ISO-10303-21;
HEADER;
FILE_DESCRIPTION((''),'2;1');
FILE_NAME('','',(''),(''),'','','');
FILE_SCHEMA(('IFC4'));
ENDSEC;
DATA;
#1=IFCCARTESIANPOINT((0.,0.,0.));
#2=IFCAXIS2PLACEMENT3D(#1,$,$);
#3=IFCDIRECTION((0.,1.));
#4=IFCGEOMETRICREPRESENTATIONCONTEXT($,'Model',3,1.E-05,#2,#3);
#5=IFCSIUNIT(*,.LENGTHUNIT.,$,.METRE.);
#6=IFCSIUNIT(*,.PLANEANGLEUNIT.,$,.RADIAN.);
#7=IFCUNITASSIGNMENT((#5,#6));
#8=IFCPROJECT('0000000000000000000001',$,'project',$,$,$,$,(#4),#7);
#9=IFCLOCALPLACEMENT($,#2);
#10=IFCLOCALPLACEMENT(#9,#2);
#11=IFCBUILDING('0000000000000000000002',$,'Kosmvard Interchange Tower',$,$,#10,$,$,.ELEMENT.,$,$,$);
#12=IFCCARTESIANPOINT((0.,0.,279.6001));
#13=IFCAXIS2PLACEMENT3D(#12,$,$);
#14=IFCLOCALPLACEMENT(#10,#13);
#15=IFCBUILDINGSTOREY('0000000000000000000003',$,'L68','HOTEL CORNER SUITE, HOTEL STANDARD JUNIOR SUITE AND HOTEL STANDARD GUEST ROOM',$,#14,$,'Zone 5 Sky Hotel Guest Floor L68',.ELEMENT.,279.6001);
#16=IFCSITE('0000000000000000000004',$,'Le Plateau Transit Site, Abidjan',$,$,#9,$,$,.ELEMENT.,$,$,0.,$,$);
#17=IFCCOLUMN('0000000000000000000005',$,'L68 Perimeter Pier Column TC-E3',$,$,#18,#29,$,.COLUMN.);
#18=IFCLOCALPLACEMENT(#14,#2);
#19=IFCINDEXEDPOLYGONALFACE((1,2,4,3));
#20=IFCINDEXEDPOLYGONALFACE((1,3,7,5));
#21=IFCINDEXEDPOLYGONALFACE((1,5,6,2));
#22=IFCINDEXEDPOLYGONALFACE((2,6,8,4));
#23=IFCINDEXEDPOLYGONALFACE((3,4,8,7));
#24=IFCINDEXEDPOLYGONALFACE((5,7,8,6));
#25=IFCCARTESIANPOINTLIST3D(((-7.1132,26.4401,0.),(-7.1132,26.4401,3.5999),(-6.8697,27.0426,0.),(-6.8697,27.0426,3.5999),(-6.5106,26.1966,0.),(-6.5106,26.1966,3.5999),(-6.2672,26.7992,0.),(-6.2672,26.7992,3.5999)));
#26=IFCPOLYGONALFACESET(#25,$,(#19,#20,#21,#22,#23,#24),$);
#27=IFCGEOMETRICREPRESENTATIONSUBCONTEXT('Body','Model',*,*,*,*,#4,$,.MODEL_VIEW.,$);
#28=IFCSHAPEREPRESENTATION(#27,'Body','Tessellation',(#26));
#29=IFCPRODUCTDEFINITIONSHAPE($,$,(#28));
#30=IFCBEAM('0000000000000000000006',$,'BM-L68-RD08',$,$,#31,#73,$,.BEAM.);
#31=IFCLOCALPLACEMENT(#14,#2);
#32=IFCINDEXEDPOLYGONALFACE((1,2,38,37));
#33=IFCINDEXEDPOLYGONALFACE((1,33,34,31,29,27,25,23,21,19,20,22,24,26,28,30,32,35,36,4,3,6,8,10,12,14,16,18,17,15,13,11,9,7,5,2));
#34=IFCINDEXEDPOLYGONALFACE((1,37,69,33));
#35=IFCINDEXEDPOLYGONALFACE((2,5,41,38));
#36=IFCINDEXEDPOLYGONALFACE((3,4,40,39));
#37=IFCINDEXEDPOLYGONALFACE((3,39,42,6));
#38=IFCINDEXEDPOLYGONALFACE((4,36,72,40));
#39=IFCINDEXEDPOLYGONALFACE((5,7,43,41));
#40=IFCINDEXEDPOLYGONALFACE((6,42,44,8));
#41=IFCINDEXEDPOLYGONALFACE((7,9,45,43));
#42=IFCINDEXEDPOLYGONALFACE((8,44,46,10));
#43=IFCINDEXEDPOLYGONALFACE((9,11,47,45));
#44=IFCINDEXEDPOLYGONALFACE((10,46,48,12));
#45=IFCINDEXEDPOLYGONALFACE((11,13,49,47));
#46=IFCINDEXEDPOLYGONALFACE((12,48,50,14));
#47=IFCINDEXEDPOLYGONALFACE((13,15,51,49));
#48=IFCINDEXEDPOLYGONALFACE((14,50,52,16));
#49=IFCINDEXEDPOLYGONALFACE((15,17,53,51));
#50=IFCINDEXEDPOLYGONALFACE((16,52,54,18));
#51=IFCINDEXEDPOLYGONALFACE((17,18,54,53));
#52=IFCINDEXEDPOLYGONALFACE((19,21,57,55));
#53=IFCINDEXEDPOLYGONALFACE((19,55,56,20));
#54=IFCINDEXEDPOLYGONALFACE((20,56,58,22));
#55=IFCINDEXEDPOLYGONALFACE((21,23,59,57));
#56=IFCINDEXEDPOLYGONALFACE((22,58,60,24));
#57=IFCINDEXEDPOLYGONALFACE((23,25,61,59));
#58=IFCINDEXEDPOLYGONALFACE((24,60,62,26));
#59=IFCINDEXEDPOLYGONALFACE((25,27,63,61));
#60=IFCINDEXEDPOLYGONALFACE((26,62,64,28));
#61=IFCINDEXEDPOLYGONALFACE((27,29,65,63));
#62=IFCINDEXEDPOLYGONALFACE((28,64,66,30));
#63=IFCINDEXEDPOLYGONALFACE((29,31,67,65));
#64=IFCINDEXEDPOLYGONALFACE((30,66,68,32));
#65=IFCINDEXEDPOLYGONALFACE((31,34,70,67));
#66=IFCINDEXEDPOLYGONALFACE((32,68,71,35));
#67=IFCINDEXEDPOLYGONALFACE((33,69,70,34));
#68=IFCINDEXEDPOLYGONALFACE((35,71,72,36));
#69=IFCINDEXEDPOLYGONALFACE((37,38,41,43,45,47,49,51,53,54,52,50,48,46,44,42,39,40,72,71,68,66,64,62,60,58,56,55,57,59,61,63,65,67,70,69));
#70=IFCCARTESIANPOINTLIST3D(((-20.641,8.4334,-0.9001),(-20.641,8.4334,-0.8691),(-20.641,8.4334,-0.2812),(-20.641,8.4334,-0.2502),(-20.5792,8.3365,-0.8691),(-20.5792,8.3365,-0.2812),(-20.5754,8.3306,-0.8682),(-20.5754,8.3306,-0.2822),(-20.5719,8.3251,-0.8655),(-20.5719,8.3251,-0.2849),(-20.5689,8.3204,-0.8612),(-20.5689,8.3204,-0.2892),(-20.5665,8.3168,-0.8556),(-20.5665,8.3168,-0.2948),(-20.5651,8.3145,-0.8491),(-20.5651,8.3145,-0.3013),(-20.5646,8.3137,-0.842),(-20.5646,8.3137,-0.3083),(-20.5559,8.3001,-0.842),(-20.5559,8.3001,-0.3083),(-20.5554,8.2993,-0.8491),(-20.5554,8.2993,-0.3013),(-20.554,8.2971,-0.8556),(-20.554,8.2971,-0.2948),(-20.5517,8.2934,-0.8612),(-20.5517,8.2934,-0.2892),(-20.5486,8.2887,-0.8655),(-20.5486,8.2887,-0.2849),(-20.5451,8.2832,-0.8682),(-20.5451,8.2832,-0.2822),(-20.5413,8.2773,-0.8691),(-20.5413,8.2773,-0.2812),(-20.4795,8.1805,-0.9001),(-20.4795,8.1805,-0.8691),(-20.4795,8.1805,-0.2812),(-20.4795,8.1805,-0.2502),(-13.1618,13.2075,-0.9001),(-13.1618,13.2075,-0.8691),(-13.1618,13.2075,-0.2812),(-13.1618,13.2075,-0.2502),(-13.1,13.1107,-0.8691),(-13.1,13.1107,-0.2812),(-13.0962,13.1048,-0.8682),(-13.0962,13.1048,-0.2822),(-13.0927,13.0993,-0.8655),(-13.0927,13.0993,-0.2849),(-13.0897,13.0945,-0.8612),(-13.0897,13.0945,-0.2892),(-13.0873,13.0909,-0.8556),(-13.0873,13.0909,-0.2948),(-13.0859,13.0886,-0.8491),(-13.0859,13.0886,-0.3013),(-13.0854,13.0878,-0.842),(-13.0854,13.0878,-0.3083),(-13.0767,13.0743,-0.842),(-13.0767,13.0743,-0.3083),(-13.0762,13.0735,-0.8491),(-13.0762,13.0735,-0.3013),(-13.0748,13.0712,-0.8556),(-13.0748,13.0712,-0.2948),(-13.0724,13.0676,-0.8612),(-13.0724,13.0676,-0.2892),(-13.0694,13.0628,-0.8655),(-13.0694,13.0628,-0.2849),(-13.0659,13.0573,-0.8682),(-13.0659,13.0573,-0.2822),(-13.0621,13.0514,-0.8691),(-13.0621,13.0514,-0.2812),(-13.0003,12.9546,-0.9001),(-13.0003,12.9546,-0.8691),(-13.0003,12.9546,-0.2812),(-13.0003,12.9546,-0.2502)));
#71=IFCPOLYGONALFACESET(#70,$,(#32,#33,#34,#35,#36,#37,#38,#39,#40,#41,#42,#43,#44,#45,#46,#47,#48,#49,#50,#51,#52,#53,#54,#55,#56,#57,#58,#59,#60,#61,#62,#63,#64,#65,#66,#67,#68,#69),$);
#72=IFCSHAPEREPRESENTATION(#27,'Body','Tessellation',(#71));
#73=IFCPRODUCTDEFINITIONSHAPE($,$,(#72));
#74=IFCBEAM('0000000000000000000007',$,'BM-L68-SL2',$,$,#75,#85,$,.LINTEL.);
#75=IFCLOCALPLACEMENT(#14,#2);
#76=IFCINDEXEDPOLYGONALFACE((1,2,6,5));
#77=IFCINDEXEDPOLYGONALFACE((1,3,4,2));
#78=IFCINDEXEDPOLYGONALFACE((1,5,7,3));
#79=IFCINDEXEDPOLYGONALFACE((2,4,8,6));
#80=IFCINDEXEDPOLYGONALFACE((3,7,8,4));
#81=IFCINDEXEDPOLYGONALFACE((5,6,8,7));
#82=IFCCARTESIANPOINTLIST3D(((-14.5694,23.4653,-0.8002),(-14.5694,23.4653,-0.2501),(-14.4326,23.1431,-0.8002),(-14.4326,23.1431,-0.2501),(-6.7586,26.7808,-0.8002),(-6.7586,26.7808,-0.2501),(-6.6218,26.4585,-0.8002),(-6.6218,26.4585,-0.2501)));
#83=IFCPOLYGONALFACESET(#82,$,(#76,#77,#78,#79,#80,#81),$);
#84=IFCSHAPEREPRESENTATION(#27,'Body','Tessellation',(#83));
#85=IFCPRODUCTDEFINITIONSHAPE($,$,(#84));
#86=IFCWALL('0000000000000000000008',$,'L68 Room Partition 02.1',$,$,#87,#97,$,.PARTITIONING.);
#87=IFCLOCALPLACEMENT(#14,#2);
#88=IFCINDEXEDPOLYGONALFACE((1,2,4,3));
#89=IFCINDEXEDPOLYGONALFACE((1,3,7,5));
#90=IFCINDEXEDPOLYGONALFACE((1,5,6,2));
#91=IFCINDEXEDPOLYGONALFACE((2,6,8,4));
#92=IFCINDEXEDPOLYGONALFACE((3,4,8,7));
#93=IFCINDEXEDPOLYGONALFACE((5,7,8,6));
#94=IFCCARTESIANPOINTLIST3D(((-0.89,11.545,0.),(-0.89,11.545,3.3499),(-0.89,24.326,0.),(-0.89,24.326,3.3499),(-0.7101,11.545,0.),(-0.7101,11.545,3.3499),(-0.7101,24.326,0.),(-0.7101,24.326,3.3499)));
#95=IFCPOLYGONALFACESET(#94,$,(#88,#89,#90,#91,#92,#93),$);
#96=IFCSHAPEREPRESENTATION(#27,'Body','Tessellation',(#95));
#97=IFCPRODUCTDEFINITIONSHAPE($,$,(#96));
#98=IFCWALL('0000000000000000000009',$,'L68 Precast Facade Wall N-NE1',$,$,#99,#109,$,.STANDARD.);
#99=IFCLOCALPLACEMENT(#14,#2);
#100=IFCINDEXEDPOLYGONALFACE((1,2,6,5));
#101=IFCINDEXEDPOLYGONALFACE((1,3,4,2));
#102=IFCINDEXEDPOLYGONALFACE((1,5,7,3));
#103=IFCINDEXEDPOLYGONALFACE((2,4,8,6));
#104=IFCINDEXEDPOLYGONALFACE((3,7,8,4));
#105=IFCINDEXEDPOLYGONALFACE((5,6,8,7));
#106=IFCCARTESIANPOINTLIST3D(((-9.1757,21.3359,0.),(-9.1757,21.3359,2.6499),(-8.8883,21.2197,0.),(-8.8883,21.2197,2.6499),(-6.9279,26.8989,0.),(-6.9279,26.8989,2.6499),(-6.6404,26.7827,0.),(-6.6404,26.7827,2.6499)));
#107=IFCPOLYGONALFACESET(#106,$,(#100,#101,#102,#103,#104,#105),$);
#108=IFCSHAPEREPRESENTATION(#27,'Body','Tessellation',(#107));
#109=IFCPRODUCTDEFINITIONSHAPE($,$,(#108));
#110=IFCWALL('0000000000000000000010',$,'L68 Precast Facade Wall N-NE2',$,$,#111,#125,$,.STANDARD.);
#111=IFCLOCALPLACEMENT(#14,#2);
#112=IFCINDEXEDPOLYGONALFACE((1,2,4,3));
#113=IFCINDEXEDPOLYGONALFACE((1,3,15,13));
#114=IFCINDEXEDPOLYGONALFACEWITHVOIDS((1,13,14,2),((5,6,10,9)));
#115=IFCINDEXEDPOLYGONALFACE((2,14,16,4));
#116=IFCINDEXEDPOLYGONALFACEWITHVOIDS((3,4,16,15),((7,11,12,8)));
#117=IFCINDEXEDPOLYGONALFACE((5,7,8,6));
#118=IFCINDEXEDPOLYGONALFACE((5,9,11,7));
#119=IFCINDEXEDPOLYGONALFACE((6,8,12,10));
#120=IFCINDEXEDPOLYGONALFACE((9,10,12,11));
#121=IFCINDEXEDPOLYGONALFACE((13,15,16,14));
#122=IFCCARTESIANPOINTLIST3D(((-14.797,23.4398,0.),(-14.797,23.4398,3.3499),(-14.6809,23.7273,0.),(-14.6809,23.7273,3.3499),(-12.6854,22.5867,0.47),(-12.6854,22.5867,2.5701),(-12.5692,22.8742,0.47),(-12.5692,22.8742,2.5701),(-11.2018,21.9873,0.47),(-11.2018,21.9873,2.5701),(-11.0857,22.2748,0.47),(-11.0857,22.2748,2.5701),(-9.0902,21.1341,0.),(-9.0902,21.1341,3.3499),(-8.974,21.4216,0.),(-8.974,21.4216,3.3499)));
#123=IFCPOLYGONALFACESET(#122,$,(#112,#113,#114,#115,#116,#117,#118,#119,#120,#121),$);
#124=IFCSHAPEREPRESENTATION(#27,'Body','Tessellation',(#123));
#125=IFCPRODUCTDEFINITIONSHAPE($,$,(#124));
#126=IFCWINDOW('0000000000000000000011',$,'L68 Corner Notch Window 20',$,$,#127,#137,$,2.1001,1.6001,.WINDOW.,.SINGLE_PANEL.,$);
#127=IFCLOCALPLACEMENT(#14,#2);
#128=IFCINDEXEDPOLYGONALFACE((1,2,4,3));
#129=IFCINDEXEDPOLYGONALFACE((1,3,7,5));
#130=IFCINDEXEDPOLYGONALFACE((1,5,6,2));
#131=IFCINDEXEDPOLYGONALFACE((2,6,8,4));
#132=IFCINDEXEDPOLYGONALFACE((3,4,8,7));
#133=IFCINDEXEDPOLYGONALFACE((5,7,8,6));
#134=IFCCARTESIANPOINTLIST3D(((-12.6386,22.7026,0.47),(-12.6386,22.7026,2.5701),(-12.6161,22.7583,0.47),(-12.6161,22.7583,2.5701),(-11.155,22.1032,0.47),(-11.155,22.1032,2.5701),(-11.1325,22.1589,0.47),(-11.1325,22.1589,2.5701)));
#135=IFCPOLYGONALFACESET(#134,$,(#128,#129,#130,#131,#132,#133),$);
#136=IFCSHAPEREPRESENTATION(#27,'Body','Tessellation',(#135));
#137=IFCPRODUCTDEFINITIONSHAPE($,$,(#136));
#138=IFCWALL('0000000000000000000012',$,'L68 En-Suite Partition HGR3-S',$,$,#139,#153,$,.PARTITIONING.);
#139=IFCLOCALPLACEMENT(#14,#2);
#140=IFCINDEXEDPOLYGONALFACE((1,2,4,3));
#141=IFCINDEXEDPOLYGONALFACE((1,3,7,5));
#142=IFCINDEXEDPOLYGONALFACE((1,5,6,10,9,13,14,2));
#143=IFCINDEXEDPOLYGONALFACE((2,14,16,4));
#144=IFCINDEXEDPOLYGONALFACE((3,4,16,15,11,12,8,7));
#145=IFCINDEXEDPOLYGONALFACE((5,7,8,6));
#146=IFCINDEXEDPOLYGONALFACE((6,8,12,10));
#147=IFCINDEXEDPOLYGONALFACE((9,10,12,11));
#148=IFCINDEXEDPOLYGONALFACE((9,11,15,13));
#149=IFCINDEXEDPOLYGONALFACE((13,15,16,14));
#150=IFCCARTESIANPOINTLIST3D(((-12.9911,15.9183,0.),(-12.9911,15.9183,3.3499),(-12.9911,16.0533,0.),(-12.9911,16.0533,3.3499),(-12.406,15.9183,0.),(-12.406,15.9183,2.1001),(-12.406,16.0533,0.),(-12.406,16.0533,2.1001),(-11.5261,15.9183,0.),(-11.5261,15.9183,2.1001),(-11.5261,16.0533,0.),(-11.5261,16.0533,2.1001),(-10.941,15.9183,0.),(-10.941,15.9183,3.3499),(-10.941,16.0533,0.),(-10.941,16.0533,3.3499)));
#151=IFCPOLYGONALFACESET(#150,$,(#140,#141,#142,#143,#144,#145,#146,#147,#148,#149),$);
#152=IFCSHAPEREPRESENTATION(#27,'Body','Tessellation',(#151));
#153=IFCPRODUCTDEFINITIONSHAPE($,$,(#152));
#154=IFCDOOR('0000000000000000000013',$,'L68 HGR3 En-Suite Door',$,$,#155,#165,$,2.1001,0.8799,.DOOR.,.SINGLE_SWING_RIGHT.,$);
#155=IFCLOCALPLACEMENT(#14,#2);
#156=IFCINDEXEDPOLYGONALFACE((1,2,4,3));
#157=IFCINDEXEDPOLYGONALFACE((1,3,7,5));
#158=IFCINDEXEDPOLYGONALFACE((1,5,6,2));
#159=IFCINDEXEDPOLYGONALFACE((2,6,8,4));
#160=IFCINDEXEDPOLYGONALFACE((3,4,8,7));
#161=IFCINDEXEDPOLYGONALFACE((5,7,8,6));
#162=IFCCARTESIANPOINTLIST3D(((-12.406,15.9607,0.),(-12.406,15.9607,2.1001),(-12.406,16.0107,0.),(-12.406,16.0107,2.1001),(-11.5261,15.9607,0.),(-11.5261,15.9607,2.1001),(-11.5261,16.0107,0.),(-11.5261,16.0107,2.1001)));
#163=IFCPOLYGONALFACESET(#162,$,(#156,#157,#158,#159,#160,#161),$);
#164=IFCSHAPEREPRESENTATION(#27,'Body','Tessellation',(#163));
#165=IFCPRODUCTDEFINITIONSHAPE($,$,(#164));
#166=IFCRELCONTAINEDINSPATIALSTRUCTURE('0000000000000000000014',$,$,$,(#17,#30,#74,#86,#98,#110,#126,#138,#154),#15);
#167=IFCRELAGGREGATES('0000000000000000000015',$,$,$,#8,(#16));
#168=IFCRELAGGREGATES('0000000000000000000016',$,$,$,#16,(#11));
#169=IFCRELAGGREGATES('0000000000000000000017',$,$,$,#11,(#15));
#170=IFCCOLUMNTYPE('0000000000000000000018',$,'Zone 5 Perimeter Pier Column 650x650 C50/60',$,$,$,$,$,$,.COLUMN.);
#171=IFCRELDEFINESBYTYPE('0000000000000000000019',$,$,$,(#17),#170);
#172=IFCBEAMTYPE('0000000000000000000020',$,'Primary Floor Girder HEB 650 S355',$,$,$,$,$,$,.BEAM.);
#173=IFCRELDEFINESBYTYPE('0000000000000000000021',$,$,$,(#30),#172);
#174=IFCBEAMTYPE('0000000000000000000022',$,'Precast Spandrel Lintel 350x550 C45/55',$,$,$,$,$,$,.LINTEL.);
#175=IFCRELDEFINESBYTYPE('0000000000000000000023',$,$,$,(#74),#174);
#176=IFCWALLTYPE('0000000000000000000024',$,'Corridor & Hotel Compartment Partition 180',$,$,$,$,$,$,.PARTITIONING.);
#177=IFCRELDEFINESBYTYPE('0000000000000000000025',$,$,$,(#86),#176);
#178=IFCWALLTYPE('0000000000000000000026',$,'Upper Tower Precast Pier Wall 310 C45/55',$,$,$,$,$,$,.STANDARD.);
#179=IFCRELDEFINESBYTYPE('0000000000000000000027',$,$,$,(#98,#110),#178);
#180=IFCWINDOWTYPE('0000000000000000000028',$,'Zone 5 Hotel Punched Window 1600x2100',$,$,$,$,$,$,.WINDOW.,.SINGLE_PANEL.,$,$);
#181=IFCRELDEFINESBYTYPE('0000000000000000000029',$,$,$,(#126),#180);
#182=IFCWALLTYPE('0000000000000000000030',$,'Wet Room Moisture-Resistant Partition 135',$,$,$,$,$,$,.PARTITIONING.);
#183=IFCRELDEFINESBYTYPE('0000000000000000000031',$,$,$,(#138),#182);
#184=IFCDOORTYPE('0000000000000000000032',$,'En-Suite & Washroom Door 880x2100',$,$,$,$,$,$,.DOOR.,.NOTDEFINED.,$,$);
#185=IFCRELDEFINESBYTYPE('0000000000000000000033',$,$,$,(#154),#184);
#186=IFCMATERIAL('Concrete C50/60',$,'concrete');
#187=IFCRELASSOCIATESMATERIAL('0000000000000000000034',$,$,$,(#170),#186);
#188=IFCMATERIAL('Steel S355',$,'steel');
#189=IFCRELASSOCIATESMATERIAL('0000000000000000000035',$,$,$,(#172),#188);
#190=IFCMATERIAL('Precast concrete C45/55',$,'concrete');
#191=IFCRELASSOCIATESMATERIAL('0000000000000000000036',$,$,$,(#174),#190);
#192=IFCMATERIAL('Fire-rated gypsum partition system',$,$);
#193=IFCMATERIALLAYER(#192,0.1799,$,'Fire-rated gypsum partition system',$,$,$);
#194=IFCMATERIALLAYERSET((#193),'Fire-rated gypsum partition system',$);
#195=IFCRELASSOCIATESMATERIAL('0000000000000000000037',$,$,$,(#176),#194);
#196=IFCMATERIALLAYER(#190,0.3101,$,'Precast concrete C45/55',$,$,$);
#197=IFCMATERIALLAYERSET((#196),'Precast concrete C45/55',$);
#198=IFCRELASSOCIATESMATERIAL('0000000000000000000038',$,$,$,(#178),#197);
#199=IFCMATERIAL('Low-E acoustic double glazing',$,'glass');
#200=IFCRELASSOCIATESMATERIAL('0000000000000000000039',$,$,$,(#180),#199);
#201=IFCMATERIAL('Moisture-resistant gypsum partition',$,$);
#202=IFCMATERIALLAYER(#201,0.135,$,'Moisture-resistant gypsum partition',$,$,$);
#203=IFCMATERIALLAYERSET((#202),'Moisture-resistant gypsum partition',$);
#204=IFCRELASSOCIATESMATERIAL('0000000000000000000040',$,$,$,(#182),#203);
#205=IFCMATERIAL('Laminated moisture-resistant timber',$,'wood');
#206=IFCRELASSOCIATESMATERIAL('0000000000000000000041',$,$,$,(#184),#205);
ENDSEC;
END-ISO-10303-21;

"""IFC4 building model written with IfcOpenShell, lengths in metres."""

from ifc_helpers import new_model, si_unit, direction, frame, frame_2d, origin, origin_2d, place, context, subcontext, project, spatial, rectangle, i_section, extrude, source, transform, mapped, material, layer, layer_set, material_profile, profile_set, type_object, element, fill, save


model = new_model("IFC4")

# Units and contexts
model_context = context("Model", 3, precision=1e-05, world=origin(), true_north=direction((0.0, 1.0)))
body_context = subcontext(model_context, "Body", "Model", "MODEL_VIEW")
ifc_project = project(units=[si_unit("LENGTHUNIT", "METRE"), si_unit("PLANEANGLEUNIT", "RADIAN")], contexts=[model_context])

# Site, building, storey
site_placement = place(None, origin())
site = spatial("IfcSite", under=ifc_project, at=site_placement, Name="Le Plateau Transit Site, Abidjan", CompositionType="ELEMENT", RefElevation=0.0)
building_placement = place(site_placement, origin())
building = spatial("IfcBuilding", under=site, at=building_placement, Name="Kosmvard Interchange Tower", CompositionType="ELEMENT")
storey_placement = place(building_placement, frame((0.0, 0.0, 279.6001)))
storey = spatial("IfcBuildingStorey", under=building, at=storey_placement, Name="L68", Description="HOTEL CORNER SUITE, HOTEL STANDARD JUNIOR SUITE AND HOTEL STANDARD GUEST ROOM", LongName="Zone 5 Sky Hotel Guest Floor L68", CompositionType="ELEMENT", Elevation=279.6001)

# Column
ifc_material_1 = material(Name="Concrete C50/60", Category="concrete")
ifc_material_profile_1 = material_profile(ifc_material_1, rectangle(XDim=0.6499, YDim=0.6499, at=origin_2d()), Name="TC 650x650")
ifc_profile_set_1 = profile_set([ifc_material_profile_1], Name="Concrete C50/60")
column_type = type_object("IfcColumnType", Name="Zone 5 Perimeter Pier Column 650x650 C50/60", PredefinedType="COLUMN", material=ifc_profile_set_1)
shared_shape_1 = source(origin(), body_context, "Body", "SweptSolid", [
    extrude(rectangle(XDim=0.6499, YDim=0.6499, at=origin_2d()), origin(), (0.0, 0.0, 1.0), 3.5999),
])
column_placement = place(storey_placement, frame((-6.6902, 26.6196, 0.0), z_axis=(0.0, 0.0, 1.0), x_axis=(0.374607, 0.927184, 0.0)))
element("IfcColumn", 1, at=column_placement, inside=storey, type_object=column_type, Name="L68 Perimeter Pier Column TC-E3", PredefinedType="COLUMN", context=body_context, shape_type="MappedRepresentation", body=[
    mapped(shared_shape_1, transform((0.0, 0.0, 0.0), scale=1.0)),
])

# Beams
ifc_material_2 = material(Name="Steel S355", Category="steel")
ifc_material_profile_2 = material_profile(ifc_material_2, i_section(OverallWidth=0.3, OverallDepth=0.6499, WebThickness=0.0161, FlangeThickness=0.031, FilletRadius=0.0271, at=origin_2d()), Name="HEB 650")
ifc_profile_set_2 = profile_set([ifc_material_profile_2], Name="Steel S355")
beam_type_1 = type_object("IfcBeamType", Name="Primary Floor Girder HEB 650 S355", PredefinedType="BEAM", material=ifc_profile_set_2)
shared_shape_2 = source(origin(), body_context, "Body", "SweptSolid", [
    extrude(i_section(OverallWidth=0.3, OverallDepth=0.6499, WebThickness=0.0161, FlangeThickness=0.031, FilletRadius=0.0271, at=origin_2d()), origin(), (0.0, 0.0, 1.0), 8.873),
])
beam_1_placement = place(storey_placement, frame((-13.0811, 13.0811, -0.5752), z_axis=(-0.842913, -0.53805, 0.0), x_axis=(0.53805, -0.842913, 0.0)))
element("IfcBeam", 2, at=beam_1_placement, inside=storey, type_object=beam_type_1, Name="BM-L68-RD08", PredefinedType="BEAM", context=body_context, shape_type="MappedRepresentation", body=[
    mapped(shared_shape_2, transform((0.0, 0.0, 0.0), scale=1.0)),
])
ifc_material_3 = material(Name="Precast concrete C45/55", Category="concrete")
ifc_material_profile_3 = material_profile(ifc_material_3, rectangle(XDim=0.3501, YDim=0.55, at=origin_2d()), Name="SL 350x550")
ifc_profile_set_3 = profile_set([ifc_material_profile_3], Name="Precast concrete C45/55")
beam_type_2 = type_object("IfcBeamType", Name="Precast Spandrel Lintel 350x550 C45/55", PredefinedType="LINTEL", material=ifc_profile_set_3)
shared_shape_3 = source(origin(), body_context, "Body", "SweptSolid", [
    extrude(rectangle(XDim=0.3501, YDim=0.55, at=origin_2d()), origin(), (0.0, 0.0, 1.0), 8.4854),
])
beam_2_placement = place(storey_placement, frame((-6.6902, 26.6196, -0.5251), z_axis=(-0.920507, -0.390726, 0.0), x_axis=(0.390726, -0.920507, 0.0)))
element("IfcBeam", 3, at=beam_2_placement, inside=storey, type_object=beam_type_2, Name="BM-L68-SL2", PredefinedType="LINTEL", context=body_context, shape_type="MappedRepresentation", body=[
    mapped(shared_shape_3, transform((0.0, 0.0, 0.0), scale=1.0)),
])

# Walls
ifc_material_4 = material(Name="Fire-rated gypsum partition system")
ifc_layer_1 = layer(ifc_material_4, 0.1799, Name="Fire-rated gypsum partition system")
ifc_layer_set_1 = layer_set([ifc_layer_1], Name="Fire-rated gypsum partition system")
wall_type_1 = type_object("IfcWallType", Name="Corridor & Hotel Compartment Partition 180", PredefinedType="PARTITIONING", material=ifc_layer_set_1)
wall_1_placement = place(storey_placement, frame((-0.8, 11.5449, 0.0), z_axis=(0.0, 0.0, 1.0), x_axis=(0.0, 1.0, 0.0)))
element("IfcWall", 4, at=wall_1_placement, inside=storey, type_object=wall_type_1, Name="L68 Room Partition 02.1", PredefinedType="PARTITIONING", context=body_context, shape_type="SweptSolid", body=[
    extrude(rectangle(XDim=12.781, YDim=0.1799, at=frame_2d((6.3906, 0.0))), origin(), (0.0, 0.0, 1.0), 3.3499),
])
ifc_layer_2 = layer(ifc_material_3, 0.3101, Name="Precast concrete C45/55")
ifc_layer_set_2 = layer_set([ifc_layer_2], Name="Precast concrete C45/55")
wall_type_2 = type_object("IfcWallType", Name="Upper Tower Precast Pier Wall 310 C45/55", PredefinedType="STANDARD", material=ifc_layer_set_2)
wall_2_placement = place(storey_placement, frame((-6.7842, 26.8408, 0.0), z_axis=(0.0, 0.0, 1.0), x_axis=(-0.374637, -0.927172, 0.0)))
element("IfcWall", 5, at=wall_2_placement, inside=storey, type_object=wall_type_2, Name="L68 Precast Facade Wall N-NE1", PredefinedType="STANDARD", context=body_context, shape_type="SweptSolid", body=[
    extrude(rectangle(XDim=6.0, YDim=0.3101, at=frame_2d((3.0, 0.0))), origin(), (0.0, 0.0, 1.0), 2.6499),
])

# Wall, opening, window
wall_3_placement = place(storey_placement, frame((-9.032, 21.2778, 0.0), z_axis=(0.0, 0.0, 1.0), x_axis=(-0.927185, 0.374603, 0.0)))
wall_3 = element("IfcWall", 6, at=wall_3_placement, inside=storey, type_object=wall_type_2, Name="L68 Precast Facade Wall N-NE2", PredefinedType="STANDARD", context=body_context, shape_type="SweptSolid", body=[
    extrude(rectangle(XDim=6.155, YDim=0.3101, at=frame_2d((3.0776, 0.0))), origin(), (0.0, 0.0, 1.0), 3.3499),
])
opening_1_placement = place(wall_3_placement, frame((2.2776, 0.0, 0.47)))
opening_1 = element("IfcOpeningElement", 7, at=opening_1_placement, cuts=wall_3, PredefinedType="OPENING", context=body_context, shape_type="SweptSolid", body=[
    extrude(rectangle(XDim=1.6001, YDim=2.1001, at=frame_2d((0.8, 1.05))), frame((0.0, 0.165, 0.0), z_axis=(0.0, -1.0, 0.0), x_axis=(1.0, 0.0, 0.0)), (0.0, 0.0, 1.0), 0.3301),
])
ifc_material_5 = material(Name="Low-E acoustic double glazing", Category="glass")
window_type = type_object("IfcWindowType", Name="Zone 5 Hotel Punched Window 1600x2100", PartitioningType="SINGLE_PANEL", PredefinedType="WINDOW", material=ifc_material_5)
shared_shape_4 = source(origin(), body_context, "Body", "SweptSolid", [
    extrude(rectangle(XDim=1.6001, YDim=2.1001, at=frame_2d((0.8, 1.05))), frame((0.0, 0.03, 0.0), z_axis=(0.0, -1.0, 0.0), x_axis=(1.0, 0.0, 0.0)), (0.0, 0.0, 1.0), 0.0601),
])
window_placement = place(opening_1_placement, origin())
window = element("IfcWindow", 8, at=window_placement, inside=storey, type_object=window_type, Name="L68 Corner Notch Window 20", OverallHeight=2.1001, OverallWidth=1.6001, PartitioningType="SINGLE_PANEL", PredefinedType="WINDOW", context=body_context, shape_type="MappedRepresentation", body=[
    mapped(shared_shape_4, transform((0.0, 0.0, 0.0), scale=1.0)),
])
fill(opening_1, window)

# Wall, opening, door
ifc_material_6 = material(Name="Moisture-resistant gypsum partition")
ifc_layer_3 = layer(ifc_material_6, 0.135, Name="Moisture-resistant gypsum partition")
ifc_layer_set_3 = layer_set([ifc_layer_3], Name="Moisture-resistant gypsum partition")
wall_type_3 = type_object("IfcWallType", Name="Wet Room Moisture-Resistant Partition 135", PredefinedType="PARTITIONING", material=ifc_layer_set_3)
wall_4_placement = place(storey_placement, frame((-12.991, 15.9858, 0.0), z_axis=(0.0, 0.0, 1.0), x_axis=(1.0, 0.0, 0.0)))
wall_4 = element("IfcWall", 9, at=wall_4_placement, inside=storey, type_object=wall_type_3, Name="L68 En-Suite Partition HGR3-S", PredefinedType="PARTITIONING", context=body_context, shape_type="SweptSolid", body=[
    extrude(rectangle(XDim=2.05, YDim=0.135, at=frame_2d((1.0249, 0.0))), origin(), (0.0, 0.0, 1.0), 3.3499),
])
opening_2_placement = place(wall_4_placement, frame((0.585, 0.0, 0.0)))
opening_2 = element("IfcOpeningElement", 10, at=opening_2_placement, cuts=wall_4, PredefinedType="OPENING", context=body_context, shape_type="SweptSolid", body=[
    extrude(rectangle(XDim=0.8799, YDim=2.1001, at=frame_2d((0.4399, 1.05))), frame((0.0, 0.0776, 0.0), z_axis=(0.0, -1.0, 0.0), x_axis=(1.0, 0.0, 0.0)), (0.0, 0.0, 1.0), 0.155),
])
ifc_material_7 = material(Name="Laminated moisture-resistant timber", Category="wood")
door_type = type_object("IfcDoorType", Name="En-Suite & Washroom Door 880x2100", OperationType="NOTDEFINED", PredefinedType="DOOR", material=ifc_material_7)
shared_shape_5 = source(origin(), body_context, "Body", "SweptSolid", [
    extrude(rectangle(XDim=0.8799, YDim=2.1001, at=frame_2d((0.4399, 1.05))), frame((0.0, 0.0249, 0.0), z_axis=(0.0, -1.0, 0.0), x_axis=(1.0, 0.0, 0.0)), (0.0, 0.0, 1.0), 0.05),
])
door_1_placement = place(opening_2_placement, origin())
door_1 = element("IfcDoor", 11, at=door_1_placement, inside=storey, type_object=door_type, Name="L68 HGR3 En-Suite Door", OperationType="SINGLE_SWING_RIGHT", OverallHeight=2.1001, OverallWidth=0.8799, PredefinedType="DOOR", context=body_context, shape_type="MappedRepresentation", body=[
    mapped(shared_shape_5, transform((0.0, 0.0, 0.0), scale=1.0)),
])
fill(opening_2, door_1)

save(model, "model.ifc")
